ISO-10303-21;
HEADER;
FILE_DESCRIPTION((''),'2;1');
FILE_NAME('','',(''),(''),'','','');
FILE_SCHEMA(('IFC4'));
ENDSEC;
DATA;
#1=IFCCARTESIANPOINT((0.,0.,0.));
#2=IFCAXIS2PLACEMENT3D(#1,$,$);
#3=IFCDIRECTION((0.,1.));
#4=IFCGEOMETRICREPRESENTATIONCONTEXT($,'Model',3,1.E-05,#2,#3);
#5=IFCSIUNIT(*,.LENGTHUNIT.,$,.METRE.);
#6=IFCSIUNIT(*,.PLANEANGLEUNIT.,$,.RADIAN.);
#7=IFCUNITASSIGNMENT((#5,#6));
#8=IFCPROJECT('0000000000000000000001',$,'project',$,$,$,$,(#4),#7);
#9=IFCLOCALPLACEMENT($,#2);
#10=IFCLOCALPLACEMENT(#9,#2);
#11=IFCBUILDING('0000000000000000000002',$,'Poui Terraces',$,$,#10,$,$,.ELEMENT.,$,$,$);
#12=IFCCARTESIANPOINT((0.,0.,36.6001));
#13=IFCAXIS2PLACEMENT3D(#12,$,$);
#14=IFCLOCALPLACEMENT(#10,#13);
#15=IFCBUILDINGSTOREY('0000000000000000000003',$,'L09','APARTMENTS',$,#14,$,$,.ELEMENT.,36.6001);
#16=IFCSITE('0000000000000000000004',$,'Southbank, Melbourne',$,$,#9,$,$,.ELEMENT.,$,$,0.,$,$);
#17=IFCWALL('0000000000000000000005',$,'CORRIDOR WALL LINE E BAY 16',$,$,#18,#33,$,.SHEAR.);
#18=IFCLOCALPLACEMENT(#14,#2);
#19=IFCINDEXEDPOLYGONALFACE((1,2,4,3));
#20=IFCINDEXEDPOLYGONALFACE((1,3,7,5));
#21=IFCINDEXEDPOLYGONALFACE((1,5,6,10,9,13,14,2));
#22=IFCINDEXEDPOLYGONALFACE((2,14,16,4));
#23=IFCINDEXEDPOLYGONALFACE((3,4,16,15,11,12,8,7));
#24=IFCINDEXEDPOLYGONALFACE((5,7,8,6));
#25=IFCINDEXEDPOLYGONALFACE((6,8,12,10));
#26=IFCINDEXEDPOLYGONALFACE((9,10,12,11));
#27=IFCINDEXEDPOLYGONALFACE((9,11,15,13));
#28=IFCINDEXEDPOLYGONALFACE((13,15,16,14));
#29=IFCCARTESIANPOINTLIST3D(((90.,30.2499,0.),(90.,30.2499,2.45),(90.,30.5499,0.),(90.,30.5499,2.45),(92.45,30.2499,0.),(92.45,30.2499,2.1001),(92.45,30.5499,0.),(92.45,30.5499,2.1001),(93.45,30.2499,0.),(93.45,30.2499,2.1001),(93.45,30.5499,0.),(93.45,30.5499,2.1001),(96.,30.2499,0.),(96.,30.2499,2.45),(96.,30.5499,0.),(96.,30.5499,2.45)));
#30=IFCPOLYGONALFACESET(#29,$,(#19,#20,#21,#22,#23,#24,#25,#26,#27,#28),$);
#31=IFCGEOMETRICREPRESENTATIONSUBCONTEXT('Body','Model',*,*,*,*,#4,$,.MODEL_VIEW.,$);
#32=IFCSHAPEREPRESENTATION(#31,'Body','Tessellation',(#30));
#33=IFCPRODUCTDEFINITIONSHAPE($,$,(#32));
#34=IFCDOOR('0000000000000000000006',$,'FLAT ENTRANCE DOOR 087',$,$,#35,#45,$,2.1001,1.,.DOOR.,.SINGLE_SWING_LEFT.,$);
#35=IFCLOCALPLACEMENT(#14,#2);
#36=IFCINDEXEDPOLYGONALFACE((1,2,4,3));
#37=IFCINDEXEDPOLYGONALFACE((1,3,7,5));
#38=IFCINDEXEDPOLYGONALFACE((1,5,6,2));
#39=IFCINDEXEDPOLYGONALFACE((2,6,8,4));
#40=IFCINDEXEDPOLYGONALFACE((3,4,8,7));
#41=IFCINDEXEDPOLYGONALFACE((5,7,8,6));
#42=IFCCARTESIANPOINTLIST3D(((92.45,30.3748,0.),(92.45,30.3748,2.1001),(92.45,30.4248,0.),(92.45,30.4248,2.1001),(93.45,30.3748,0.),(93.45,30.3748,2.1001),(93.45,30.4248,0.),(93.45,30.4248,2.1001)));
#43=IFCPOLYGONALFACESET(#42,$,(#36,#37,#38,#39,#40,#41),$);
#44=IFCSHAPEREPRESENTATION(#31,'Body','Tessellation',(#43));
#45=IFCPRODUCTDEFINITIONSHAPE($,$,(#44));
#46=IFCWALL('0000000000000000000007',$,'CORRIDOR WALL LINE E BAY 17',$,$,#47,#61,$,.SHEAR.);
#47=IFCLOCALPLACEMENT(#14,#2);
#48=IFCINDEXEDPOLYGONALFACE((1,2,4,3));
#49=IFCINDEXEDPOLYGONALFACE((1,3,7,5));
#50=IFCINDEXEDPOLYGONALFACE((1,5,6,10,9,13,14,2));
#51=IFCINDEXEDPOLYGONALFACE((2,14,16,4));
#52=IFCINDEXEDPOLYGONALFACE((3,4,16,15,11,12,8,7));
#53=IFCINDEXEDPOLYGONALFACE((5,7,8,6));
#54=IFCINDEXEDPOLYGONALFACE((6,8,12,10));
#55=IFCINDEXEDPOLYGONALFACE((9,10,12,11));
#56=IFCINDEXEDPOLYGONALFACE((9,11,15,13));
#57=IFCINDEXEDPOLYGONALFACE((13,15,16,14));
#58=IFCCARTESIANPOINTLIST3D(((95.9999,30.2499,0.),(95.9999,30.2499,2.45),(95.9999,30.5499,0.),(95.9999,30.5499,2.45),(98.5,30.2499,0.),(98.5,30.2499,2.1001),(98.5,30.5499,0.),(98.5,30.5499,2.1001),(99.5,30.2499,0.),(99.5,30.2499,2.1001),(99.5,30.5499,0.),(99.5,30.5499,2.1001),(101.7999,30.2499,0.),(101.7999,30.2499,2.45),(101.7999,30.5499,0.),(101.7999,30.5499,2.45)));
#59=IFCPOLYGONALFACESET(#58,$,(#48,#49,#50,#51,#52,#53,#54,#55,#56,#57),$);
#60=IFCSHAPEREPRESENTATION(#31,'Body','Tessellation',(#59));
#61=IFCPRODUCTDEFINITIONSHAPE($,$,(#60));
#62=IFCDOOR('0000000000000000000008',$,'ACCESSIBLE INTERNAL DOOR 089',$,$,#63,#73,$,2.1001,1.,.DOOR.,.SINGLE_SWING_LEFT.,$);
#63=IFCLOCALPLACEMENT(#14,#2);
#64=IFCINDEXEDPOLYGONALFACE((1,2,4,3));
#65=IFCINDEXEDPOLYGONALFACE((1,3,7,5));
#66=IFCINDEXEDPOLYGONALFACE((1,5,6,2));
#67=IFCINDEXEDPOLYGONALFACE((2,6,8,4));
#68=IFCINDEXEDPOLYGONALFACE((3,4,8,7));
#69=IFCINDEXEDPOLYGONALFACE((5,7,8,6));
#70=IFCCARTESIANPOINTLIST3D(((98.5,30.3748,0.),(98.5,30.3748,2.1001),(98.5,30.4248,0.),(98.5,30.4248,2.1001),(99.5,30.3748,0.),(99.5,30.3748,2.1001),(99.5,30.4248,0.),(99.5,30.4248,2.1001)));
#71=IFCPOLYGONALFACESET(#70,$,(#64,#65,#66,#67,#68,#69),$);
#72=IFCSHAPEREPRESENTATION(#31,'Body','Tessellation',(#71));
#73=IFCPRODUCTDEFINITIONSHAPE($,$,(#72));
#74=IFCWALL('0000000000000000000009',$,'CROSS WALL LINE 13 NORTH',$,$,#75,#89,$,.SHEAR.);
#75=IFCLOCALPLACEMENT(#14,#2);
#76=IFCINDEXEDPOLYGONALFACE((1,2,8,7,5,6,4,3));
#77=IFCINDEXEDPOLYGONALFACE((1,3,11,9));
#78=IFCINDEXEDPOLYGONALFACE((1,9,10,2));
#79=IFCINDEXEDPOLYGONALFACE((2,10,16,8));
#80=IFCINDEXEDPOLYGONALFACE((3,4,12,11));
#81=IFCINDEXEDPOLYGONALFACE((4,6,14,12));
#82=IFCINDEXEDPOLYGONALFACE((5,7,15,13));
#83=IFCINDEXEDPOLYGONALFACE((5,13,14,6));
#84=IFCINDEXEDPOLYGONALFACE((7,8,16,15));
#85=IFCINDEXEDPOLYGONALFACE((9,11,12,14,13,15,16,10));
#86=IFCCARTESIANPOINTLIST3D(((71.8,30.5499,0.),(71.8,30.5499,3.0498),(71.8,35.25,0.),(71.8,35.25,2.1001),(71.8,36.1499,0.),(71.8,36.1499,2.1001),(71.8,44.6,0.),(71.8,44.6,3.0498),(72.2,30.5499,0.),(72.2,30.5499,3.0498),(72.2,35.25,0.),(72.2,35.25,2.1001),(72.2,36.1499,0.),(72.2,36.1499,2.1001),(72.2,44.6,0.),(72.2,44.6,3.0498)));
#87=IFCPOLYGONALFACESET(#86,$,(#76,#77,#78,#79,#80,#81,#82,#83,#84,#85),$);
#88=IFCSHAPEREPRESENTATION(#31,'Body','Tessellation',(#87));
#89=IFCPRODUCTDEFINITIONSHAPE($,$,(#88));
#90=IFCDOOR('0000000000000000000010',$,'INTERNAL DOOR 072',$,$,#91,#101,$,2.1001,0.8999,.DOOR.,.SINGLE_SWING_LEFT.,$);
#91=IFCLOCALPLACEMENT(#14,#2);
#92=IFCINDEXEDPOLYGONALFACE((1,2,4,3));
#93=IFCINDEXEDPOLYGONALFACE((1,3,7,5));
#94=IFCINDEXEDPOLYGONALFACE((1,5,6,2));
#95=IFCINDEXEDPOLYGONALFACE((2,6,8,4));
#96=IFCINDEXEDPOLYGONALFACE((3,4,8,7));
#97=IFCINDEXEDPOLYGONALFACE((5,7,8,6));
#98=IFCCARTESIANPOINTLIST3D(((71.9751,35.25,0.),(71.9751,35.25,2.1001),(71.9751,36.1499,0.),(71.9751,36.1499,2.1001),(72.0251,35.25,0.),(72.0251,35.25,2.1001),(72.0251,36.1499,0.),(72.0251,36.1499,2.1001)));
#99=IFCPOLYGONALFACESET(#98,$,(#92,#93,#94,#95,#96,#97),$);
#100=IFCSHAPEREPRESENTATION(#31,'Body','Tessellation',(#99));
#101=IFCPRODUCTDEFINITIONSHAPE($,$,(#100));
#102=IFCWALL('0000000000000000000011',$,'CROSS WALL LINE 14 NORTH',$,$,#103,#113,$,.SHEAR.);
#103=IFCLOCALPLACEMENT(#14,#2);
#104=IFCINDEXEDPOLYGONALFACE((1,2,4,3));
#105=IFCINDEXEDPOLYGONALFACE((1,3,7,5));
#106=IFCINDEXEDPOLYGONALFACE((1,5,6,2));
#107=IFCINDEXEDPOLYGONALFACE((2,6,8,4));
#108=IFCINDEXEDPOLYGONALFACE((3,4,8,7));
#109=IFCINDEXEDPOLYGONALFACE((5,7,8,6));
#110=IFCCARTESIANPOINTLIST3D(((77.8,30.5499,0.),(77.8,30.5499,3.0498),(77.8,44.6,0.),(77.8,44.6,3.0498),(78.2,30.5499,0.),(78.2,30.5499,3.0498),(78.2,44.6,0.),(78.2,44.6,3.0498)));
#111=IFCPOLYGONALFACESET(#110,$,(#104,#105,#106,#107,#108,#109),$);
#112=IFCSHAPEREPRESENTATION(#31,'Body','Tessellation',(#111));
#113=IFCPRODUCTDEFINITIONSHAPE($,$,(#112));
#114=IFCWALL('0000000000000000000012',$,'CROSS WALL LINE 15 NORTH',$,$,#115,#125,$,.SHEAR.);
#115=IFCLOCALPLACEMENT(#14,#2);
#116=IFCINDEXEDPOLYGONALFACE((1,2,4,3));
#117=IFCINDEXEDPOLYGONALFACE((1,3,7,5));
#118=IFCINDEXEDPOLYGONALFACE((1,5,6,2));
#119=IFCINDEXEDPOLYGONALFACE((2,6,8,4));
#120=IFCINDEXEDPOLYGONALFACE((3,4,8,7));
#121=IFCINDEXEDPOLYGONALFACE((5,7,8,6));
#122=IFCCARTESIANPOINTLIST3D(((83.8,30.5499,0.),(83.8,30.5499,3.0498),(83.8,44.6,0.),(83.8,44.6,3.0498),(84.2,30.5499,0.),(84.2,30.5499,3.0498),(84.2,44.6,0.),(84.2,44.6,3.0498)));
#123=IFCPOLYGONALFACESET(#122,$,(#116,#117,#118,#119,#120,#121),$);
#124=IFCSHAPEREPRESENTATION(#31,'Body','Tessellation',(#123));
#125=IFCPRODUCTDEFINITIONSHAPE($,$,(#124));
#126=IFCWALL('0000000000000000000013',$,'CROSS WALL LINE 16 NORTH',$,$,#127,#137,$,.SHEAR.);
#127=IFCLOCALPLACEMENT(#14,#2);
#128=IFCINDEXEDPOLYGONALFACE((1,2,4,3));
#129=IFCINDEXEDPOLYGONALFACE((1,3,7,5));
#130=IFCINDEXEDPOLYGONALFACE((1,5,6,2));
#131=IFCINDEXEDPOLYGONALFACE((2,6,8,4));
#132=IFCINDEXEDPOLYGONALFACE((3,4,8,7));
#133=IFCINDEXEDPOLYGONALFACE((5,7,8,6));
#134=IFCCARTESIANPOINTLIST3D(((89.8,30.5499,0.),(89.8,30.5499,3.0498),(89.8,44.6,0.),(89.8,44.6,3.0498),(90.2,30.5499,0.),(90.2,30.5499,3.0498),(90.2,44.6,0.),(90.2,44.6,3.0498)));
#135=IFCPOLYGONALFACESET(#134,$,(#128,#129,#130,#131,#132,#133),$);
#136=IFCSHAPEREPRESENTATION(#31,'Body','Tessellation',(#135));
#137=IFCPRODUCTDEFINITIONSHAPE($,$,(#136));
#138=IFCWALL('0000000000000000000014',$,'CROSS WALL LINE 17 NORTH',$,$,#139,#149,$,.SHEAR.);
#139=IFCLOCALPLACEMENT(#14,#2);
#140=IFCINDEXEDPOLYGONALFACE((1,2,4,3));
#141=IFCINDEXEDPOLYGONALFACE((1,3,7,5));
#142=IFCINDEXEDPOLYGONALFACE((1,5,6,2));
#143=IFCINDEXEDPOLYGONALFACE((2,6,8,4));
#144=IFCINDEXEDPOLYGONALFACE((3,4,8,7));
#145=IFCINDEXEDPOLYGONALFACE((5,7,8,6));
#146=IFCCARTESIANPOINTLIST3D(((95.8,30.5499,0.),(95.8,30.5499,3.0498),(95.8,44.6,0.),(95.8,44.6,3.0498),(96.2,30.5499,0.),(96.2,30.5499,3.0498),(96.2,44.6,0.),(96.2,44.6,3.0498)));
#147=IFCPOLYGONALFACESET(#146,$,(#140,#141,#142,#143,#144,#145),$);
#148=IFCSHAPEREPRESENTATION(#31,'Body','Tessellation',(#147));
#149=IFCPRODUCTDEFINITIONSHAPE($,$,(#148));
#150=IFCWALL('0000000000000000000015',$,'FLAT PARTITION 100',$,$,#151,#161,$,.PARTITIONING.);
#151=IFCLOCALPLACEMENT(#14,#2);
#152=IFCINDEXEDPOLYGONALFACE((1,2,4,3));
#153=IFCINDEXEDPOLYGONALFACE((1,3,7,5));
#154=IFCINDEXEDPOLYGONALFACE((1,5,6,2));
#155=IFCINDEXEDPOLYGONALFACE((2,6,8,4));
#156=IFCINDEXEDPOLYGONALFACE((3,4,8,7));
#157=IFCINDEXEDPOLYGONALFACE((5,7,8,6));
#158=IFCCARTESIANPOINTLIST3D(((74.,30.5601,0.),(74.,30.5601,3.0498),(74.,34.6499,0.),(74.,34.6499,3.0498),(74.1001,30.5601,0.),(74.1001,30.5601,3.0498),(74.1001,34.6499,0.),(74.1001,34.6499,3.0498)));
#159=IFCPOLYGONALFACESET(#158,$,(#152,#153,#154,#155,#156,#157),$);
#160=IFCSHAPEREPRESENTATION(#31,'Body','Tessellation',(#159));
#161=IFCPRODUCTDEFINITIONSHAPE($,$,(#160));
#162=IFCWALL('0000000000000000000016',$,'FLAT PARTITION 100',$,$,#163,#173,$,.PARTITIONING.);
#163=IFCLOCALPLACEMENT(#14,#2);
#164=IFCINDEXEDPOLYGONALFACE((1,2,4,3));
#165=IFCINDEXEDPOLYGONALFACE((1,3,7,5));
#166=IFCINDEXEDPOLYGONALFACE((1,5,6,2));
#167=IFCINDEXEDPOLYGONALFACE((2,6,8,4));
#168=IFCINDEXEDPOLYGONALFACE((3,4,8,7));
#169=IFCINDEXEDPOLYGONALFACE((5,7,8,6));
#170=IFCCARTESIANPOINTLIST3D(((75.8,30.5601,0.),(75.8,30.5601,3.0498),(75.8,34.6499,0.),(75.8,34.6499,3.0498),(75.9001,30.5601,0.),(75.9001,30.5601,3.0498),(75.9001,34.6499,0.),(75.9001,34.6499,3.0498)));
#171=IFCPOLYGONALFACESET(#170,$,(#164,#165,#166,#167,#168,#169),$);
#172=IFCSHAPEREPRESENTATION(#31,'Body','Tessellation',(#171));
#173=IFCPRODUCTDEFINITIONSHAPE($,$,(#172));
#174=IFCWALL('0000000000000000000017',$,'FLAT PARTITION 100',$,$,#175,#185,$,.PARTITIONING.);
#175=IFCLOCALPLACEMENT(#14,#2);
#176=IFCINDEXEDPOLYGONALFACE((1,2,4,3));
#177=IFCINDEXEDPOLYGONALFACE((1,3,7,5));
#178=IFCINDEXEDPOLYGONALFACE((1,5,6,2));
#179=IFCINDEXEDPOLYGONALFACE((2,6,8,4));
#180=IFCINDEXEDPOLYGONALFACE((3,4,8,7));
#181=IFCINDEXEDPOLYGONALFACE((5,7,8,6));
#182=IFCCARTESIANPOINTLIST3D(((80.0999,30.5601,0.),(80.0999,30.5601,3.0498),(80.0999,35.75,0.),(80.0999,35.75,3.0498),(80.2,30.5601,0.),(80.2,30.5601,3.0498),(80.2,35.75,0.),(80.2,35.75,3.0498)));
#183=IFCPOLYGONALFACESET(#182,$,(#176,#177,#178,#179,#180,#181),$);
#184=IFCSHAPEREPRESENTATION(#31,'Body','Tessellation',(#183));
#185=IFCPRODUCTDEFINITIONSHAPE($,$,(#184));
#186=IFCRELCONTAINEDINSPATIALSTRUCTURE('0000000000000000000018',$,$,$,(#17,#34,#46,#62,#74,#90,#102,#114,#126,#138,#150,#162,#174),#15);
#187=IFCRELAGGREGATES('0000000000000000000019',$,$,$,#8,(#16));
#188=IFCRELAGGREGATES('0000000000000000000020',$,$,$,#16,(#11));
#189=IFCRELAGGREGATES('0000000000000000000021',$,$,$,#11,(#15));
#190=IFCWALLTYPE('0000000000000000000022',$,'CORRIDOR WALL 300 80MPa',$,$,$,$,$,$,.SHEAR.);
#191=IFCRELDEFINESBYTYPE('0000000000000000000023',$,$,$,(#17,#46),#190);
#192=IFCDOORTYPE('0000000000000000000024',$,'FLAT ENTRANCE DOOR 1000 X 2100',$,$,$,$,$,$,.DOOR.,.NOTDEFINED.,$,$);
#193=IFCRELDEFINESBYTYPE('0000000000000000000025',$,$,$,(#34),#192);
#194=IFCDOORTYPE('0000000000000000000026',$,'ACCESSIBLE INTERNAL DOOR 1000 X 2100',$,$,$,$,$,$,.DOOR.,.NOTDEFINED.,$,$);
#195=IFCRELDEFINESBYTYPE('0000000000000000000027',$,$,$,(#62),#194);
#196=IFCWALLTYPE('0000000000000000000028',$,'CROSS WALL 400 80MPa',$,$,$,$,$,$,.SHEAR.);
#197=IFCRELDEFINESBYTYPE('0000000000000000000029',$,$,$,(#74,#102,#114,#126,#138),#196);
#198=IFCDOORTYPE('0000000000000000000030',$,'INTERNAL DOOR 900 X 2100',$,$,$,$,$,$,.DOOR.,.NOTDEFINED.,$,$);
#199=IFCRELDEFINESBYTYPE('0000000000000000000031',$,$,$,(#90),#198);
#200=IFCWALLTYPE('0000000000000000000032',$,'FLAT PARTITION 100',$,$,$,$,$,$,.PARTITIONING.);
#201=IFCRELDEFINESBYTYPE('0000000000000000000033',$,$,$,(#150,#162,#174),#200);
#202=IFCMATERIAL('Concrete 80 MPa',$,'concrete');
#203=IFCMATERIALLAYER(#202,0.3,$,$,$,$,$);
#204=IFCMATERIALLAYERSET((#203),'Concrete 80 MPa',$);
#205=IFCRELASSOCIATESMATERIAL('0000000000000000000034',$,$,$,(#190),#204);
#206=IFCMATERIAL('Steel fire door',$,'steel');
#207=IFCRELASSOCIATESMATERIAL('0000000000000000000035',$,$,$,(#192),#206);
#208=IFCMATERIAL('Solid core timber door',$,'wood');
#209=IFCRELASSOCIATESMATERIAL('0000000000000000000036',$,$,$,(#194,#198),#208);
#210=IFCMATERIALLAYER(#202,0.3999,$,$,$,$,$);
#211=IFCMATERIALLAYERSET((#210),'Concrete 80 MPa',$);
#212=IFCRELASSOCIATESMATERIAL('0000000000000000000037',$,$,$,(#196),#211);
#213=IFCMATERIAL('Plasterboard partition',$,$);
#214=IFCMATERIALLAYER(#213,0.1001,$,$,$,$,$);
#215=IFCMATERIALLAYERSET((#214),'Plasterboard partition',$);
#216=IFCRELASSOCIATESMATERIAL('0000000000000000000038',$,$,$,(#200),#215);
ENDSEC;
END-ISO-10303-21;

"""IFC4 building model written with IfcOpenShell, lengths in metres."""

from ifc_helpers import new_model, si_unit, direction, frame, frame_2d, origin, place, context, subcontext, project, spatial, rectangle, extrude, material, layer, layer_set, type_object, element, fill, save


model = new_model("IFC4")

# Units and contexts
model_context = context("Model", 3, precision=1e-05, world=origin(), true_north=direction((0.0, 1.0)))
body_context = subcontext(model_context, "Body", "Model", "MODEL_VIEW")
ifc_project = project(units=[si_unit("LENGTHUNIT", "METRE"), si_unit("PLANEANGLEUNIT", "RADIAN")], contexts=[model_context])

# Site, building, storey
site_placement = place(None, origin())
site = spatial("IfcSite", under=ifc_project, at=site_placement, Name="Southbank, Melbourne", CompositionType="ELEMENT", RefElevation=0.0)
building_placement = place(site_placement, origin())
building = spatial("IfcBuilding", under=site, at=building_placement, Name="Poui Terraces", CompositionType="ELEMENT")
storey_placement = place(building_placement, frame((0.0, 0.0, 36.6001)))
storey = spatial("IfcBuildingStorey", under=building, at=storey_placement, Name="L09", Description="APARTMENTS", CompositionType="ELEMENT", Elevation=36.6001)

# Shared definitions
ifc_material_1 = material(Name="Concrete 80 MPa", Category="concrete")

# Walls, openings, doors
ifc_layer_1 = layer(ifc_material_1, 0.3)
ifc_layer_set_1 = layer_set([ifc_layer_1], Name="Concrete 80 MPa")
wall_type_1 = type_object("IfcWallType", Name="CORRIDOR WALL 300 80MPa", PredefinedType="SHEAR", material=ifc_layer_set_1)
ifc_material_2 = material(Name="Steel fire door", Category="steel")
door_type_1 = type_object("IfcDoorType", Name="FLAT ENTRANCE DOOR 1000 X 2100", OperationType="NOTDEFINED", PredefinedType="DOOR", material=ifc_material_2)
wall_1_placement = place(storey_placement, frame((90.0, 30.3999, 0.0), z_axis=(0.0, 0.0, 1.0), x_axis=(1.0, 0.0, 0.0)))
wall_1 = element("IfcWall", 1, at=wall_1_placement, inside=storey, type_object=wall_type_1, Name="CORRIDOR WALL LINE E BAY 16", PredefinedType="SHEAR", context=body_context, shape_type="SweptSolid", body=[
    extrude(rectangle(XDim=6.0, YDim=0.3, at=frame_2d((3.0, 0.0))), origin(), (0.0, 0.0, 1.0), 2.45),
])
opening_1_placement = place(wall_1_placement, frame((2.45, 0.0, 0.0)))
opening_1 = element("IfcOpeningElement", 2, at=opening_1_placement, cuts=wall_1, PredefinedType="OPENING", context=body_context, shape_type="SweptSolid", body=[
    extrude(rectangle(XDim=1.0, YDim=2.1001, at=frame_2d((0.5, 1.05))), frame((0.0, 0.1602, 0.0), z_axis=(0.0, -1.0, 0.0), x_axis=(1.0, 0.0, 0.0)), (0.0, 0.0, 1.0), 0.3201),
])
door_1_placement = place(opening_1_placement, origin())
door_1 = element("IfcDoor", 3, at=door_1_placement, inside=storey, type_object=door_type_1, Name="FLAT ENTRANCE DOOR 087", OperationType="SINGLE_SWING_LEFT", OverallHeight=2.1001, OverallWidth=1.0, PredefinedType="DOOR", context=body_context, shape_type="SweptSolid", body=[
    extrude(rectangle(XDim=1.0, YDim=2.1001, at=frame_2d((0.5, 1.05))), frame((0.0, 0.0249, 0.0), z_axis=(0.0, -1.0, 0.0), x_axis=(1.0, 0.0, 0.0)), (0.0, 0.0, 1.0), 0.05),
])
fill(opening_1, door_1)
wall_2_placement = place(storey_placement, frame((96.0, 30.3999, 0.0), z_axis=(0.0, 0.0, 1.0), x_axis=(1.0, 0.0, 0.0)))
wall_2 = element("IfcWall", 4, at=wall_2_placement, inside=storey, type_object=wall_type_1, Name="CORRIDOR WALL LINE E BAY 17", PredefinedType="SHEAR", context=body_context, shape_type="SweptSolid", body=[
    extrude(rectangle(XDim=5.8, YDim=0.3, at=frame_2d((2.8999, 0.0))), origin(), (0.0, 0.0, 1.0), 2.45),
])
opening_2_placement = place(wall_2_placement, frame((2.5, 0.0, 0.0)))
opening_2 = element("IfcOpeningElement", 5, at=opening_2_placement, cuts=wall_2, PredefinedType="OPENING", context=body_context, shape_type="SweptSolid", body=[
    extrude(rectangle(XDim=1.0, YDim=2.1001, at=frame_2d((0.5, 1.05))), frame((0.0, 0.1602, 0.0), z_axis=(0.0, -1.0, 0.0), x_axis=(1.0, 0.0, 0.0)), (0.0, 0.0, 1.0), 0.3201),
])
ifc_material_3 = material(Name="Solid core timber door", Category="wood")
door_type_2 = type_object("IfcDoorType", Name="ACCESSIBLE INTERNAL DOOR 1000 X 2100", OperationType="NOTDEFINED", PredefinedType="DOOR", material=ifc_material_3)
door_2_placement = place(opening_2_placement, origin())
door_2 = element("IfcDoor", 6, at=door_2_placement, inside=storey, type_object=door_type_2, Name="ACCESSIBLE INTERNAL DOOR 089", OperationType="SINGLE_SWING_LEFT", OverallHeight=2.1001, OverallWidth=1.0, PredefinedType="DOOR", context=body_context, shape_type="SweptSolid", body=[
    extrude(rectangle(XDim=1.0, YDim=2.1001, at=frame_2d((0.5, 1.05))), frame((0.0, 0.0249, 0.0), z_axis=(0.0, -1.0, 0.0), x_axis=(1.0, 0.0, 0.0)), (0.0, 0.0, 1.0), 0.05),
])
fill(opening_2, door_2)
ifc_layer_2 = layer(ifc_material_1, 0.3999)
ifc_layer_set_2 = layer_set([ifc_layer_2], Name="Concrete 80 MPa")
wall_type_2 = type_object("IfcWallType", Name="CROSS WALL 400 80MPa", PredefinedType="SHEAR", material=ifc_layer_set_2)
wall_3_placement = place(storey_placement, frame((72.0, 30.55, 0.0), z_axis=(0.0, 0.0, 1.0), x_axis=(0.0, 1.0, 0.0)))
wall_3 = element("IfcWall", 7, at=wall_3_placement, inside=storey, type_object=wall_type_2, Name="CROSS WALL LINE 13 NORTH", PredefinedType="SHEAR", context=body_context, shape_type="SweptSolid", body=[
    extrude(rectangle(XDim=14.05, YDim=0.3999, at=frame_2d((7.0249, 0.0))), origin(), (0.0, 0.0, 1.0), 3.0498),
])
opening_3_placement = place(wall_3_placement, frame((4.7, 0.0, 0.0)))
opening_3 = element("IfcOpeningElement", 8, at=opening_3_placement, cuts=wall_3, PredefinedType="OPENING", context=body_context, shape_type="SweptSolid", body=[
    extrude(rectangle(XDim=0.8999, YDim=2.1001, at=frame_2d((0.45, 1.05))), frame((0.0, 0.21, 0.0), z_axis=(0.0, -1.0, 0.0), x_axis=(1.0, 0.0, 0.0)), (0.0, 0.0, 1.0), 0.4199),
])
door_type_3 = type_object("IfcDoorType", Name="INTERNAL DOOR 900 X 2100", OperationType="NOTDEFINED", PredefinedType="DOOR", material=ifc_material_3)
door_3_placement = place(opening_3_placement, origin())
door_3 = element("IfcDoor", 9, at=door_3_placement, inside=storey, type_object=door_type_3, Name="INTERNAL DOOR 072", OperationType="SINGLE_SWING_LEFT", OverallHeight=2.1001, OverallWidth=0.8999, PredefinedType="DOOR", context=body_context, shape_type="SweptSolid", body=[
    extrude(rectangle(XDim=0.8999, YDim=2.1001, at=frame_2d((0.45, 1.05))), frame((0.0, 0.0249, 0.0), z_axis=(0.0, -1.0, 0.0), x_axis=(1.0, 0.0, 0.0)), (0.0, 0.0, 1.0), 0.05),
])
fill(opening_3, door_3)

# Walls
for number, where, z_axis, x_axis, name in (
    (10, (78.0, 30.55, 0.0), (0.0, 0.0, 1.0), (0.0, 1.0, 0.0), "CROSS WALL LINE 14 NORTH"),
    (11, (84.0, 30.55, 0.0), (0.0, 0.0, 1.0), (0.0, 1.0, 0.0), "CROSS WALL LINE 15 NORTH"),
    (12, (90.0, 30.55, 0.0), (0.0, 0.0, 1.0), (0.0, 1.0, 0.0), "CROSS WALL LINE 16 NORTH"),
    (13, (96.0, 30.55, 0.0), (0.0, 0.0, 1.0), (0.0, 1.0, 0.0), "CROSS WALL LINE 17 NORTH"),
):
    element("IfcWall", number, at=place(storey_placement, frame(where, z_axis=z_axis, x_axis=x_axis)), inside=storey, type_object=wall_type_2, Name=name, PredefinedType="SHEAR", context=body_context, shape_type="SweptSolid", body=[
        extrude(rectangle(XDim=14.05, YDim=0.3999, at=frame_2d((7.0249, 0.0))), origin(), (0.0, 0.0, 1.0), 3.0498),
    ])
ifc_material_4 = material(Name="Plasterboard partition")
ifc_layer_3 = layer(ifc_material_4, 0.1001)
ifc_layer_set_3 = layer_set([ifc_layer_3], Name="Plasterboard partition")
wall_type_3 = type_object("IfcWallType", Name="FLAT PARTITION 100", PredefinedType="PARTITIONING", material=ifc_layer_set_3)
for number, where, z_axis, x_axis, name in (
    (14, (74.05, 30.5601, 0.0), (0.0, 0.0, 1.0), (0.0, 1.0, 0.0), "FLAT PARTITION 100"),
    (15, (75.8501, 30.5601, 0.0), (0.0, 0.0, 1.0), (0.0, 1.0, 0.0), "FLAT PARTITION 100"),
):
    element("IfcWall", number, at=place(storey_placement, frame(where, z_axis=z_axis, x_axis=x_axis)), inside=storey, type_object=wall_type_3, Name=name, PredefinedType="PARTITIONING", context=body_context, shape_type="SweptSolid", body=[
        extrude(rectangle(XDim=4.0898, YDim=0.1001, at=frame_2d((2.0449, 0.0))), origin(), (0.0, 0.0, 1.0), 3.0498),
    ])
for number, where, z_axis, x_axis, name in (
    (16, (80.1499, 30.5601, 0.0), (0.0, 0.0, 1.0), (0.0, 1.0, 0.0), "FLAT PARTITION 100"),
):
    element("IfcWall", number, at=place(storey_placement, frame(where, z_axis=z_axis, x_axis=x_axis)), inside=storey, type_object=wall_type_3, Name=name, PredefinedType="PARTITIONING", context=body_context, shape_type="SweptSolid", body=[
        extrude(rectangle(XDim=5.1899, YDim=0.1001, at=frame_2d((2.595, 0.0))), origin(), (0.0, 0.0, 1.0), 3.0498),
    ])

save(model, "model.ifc")
